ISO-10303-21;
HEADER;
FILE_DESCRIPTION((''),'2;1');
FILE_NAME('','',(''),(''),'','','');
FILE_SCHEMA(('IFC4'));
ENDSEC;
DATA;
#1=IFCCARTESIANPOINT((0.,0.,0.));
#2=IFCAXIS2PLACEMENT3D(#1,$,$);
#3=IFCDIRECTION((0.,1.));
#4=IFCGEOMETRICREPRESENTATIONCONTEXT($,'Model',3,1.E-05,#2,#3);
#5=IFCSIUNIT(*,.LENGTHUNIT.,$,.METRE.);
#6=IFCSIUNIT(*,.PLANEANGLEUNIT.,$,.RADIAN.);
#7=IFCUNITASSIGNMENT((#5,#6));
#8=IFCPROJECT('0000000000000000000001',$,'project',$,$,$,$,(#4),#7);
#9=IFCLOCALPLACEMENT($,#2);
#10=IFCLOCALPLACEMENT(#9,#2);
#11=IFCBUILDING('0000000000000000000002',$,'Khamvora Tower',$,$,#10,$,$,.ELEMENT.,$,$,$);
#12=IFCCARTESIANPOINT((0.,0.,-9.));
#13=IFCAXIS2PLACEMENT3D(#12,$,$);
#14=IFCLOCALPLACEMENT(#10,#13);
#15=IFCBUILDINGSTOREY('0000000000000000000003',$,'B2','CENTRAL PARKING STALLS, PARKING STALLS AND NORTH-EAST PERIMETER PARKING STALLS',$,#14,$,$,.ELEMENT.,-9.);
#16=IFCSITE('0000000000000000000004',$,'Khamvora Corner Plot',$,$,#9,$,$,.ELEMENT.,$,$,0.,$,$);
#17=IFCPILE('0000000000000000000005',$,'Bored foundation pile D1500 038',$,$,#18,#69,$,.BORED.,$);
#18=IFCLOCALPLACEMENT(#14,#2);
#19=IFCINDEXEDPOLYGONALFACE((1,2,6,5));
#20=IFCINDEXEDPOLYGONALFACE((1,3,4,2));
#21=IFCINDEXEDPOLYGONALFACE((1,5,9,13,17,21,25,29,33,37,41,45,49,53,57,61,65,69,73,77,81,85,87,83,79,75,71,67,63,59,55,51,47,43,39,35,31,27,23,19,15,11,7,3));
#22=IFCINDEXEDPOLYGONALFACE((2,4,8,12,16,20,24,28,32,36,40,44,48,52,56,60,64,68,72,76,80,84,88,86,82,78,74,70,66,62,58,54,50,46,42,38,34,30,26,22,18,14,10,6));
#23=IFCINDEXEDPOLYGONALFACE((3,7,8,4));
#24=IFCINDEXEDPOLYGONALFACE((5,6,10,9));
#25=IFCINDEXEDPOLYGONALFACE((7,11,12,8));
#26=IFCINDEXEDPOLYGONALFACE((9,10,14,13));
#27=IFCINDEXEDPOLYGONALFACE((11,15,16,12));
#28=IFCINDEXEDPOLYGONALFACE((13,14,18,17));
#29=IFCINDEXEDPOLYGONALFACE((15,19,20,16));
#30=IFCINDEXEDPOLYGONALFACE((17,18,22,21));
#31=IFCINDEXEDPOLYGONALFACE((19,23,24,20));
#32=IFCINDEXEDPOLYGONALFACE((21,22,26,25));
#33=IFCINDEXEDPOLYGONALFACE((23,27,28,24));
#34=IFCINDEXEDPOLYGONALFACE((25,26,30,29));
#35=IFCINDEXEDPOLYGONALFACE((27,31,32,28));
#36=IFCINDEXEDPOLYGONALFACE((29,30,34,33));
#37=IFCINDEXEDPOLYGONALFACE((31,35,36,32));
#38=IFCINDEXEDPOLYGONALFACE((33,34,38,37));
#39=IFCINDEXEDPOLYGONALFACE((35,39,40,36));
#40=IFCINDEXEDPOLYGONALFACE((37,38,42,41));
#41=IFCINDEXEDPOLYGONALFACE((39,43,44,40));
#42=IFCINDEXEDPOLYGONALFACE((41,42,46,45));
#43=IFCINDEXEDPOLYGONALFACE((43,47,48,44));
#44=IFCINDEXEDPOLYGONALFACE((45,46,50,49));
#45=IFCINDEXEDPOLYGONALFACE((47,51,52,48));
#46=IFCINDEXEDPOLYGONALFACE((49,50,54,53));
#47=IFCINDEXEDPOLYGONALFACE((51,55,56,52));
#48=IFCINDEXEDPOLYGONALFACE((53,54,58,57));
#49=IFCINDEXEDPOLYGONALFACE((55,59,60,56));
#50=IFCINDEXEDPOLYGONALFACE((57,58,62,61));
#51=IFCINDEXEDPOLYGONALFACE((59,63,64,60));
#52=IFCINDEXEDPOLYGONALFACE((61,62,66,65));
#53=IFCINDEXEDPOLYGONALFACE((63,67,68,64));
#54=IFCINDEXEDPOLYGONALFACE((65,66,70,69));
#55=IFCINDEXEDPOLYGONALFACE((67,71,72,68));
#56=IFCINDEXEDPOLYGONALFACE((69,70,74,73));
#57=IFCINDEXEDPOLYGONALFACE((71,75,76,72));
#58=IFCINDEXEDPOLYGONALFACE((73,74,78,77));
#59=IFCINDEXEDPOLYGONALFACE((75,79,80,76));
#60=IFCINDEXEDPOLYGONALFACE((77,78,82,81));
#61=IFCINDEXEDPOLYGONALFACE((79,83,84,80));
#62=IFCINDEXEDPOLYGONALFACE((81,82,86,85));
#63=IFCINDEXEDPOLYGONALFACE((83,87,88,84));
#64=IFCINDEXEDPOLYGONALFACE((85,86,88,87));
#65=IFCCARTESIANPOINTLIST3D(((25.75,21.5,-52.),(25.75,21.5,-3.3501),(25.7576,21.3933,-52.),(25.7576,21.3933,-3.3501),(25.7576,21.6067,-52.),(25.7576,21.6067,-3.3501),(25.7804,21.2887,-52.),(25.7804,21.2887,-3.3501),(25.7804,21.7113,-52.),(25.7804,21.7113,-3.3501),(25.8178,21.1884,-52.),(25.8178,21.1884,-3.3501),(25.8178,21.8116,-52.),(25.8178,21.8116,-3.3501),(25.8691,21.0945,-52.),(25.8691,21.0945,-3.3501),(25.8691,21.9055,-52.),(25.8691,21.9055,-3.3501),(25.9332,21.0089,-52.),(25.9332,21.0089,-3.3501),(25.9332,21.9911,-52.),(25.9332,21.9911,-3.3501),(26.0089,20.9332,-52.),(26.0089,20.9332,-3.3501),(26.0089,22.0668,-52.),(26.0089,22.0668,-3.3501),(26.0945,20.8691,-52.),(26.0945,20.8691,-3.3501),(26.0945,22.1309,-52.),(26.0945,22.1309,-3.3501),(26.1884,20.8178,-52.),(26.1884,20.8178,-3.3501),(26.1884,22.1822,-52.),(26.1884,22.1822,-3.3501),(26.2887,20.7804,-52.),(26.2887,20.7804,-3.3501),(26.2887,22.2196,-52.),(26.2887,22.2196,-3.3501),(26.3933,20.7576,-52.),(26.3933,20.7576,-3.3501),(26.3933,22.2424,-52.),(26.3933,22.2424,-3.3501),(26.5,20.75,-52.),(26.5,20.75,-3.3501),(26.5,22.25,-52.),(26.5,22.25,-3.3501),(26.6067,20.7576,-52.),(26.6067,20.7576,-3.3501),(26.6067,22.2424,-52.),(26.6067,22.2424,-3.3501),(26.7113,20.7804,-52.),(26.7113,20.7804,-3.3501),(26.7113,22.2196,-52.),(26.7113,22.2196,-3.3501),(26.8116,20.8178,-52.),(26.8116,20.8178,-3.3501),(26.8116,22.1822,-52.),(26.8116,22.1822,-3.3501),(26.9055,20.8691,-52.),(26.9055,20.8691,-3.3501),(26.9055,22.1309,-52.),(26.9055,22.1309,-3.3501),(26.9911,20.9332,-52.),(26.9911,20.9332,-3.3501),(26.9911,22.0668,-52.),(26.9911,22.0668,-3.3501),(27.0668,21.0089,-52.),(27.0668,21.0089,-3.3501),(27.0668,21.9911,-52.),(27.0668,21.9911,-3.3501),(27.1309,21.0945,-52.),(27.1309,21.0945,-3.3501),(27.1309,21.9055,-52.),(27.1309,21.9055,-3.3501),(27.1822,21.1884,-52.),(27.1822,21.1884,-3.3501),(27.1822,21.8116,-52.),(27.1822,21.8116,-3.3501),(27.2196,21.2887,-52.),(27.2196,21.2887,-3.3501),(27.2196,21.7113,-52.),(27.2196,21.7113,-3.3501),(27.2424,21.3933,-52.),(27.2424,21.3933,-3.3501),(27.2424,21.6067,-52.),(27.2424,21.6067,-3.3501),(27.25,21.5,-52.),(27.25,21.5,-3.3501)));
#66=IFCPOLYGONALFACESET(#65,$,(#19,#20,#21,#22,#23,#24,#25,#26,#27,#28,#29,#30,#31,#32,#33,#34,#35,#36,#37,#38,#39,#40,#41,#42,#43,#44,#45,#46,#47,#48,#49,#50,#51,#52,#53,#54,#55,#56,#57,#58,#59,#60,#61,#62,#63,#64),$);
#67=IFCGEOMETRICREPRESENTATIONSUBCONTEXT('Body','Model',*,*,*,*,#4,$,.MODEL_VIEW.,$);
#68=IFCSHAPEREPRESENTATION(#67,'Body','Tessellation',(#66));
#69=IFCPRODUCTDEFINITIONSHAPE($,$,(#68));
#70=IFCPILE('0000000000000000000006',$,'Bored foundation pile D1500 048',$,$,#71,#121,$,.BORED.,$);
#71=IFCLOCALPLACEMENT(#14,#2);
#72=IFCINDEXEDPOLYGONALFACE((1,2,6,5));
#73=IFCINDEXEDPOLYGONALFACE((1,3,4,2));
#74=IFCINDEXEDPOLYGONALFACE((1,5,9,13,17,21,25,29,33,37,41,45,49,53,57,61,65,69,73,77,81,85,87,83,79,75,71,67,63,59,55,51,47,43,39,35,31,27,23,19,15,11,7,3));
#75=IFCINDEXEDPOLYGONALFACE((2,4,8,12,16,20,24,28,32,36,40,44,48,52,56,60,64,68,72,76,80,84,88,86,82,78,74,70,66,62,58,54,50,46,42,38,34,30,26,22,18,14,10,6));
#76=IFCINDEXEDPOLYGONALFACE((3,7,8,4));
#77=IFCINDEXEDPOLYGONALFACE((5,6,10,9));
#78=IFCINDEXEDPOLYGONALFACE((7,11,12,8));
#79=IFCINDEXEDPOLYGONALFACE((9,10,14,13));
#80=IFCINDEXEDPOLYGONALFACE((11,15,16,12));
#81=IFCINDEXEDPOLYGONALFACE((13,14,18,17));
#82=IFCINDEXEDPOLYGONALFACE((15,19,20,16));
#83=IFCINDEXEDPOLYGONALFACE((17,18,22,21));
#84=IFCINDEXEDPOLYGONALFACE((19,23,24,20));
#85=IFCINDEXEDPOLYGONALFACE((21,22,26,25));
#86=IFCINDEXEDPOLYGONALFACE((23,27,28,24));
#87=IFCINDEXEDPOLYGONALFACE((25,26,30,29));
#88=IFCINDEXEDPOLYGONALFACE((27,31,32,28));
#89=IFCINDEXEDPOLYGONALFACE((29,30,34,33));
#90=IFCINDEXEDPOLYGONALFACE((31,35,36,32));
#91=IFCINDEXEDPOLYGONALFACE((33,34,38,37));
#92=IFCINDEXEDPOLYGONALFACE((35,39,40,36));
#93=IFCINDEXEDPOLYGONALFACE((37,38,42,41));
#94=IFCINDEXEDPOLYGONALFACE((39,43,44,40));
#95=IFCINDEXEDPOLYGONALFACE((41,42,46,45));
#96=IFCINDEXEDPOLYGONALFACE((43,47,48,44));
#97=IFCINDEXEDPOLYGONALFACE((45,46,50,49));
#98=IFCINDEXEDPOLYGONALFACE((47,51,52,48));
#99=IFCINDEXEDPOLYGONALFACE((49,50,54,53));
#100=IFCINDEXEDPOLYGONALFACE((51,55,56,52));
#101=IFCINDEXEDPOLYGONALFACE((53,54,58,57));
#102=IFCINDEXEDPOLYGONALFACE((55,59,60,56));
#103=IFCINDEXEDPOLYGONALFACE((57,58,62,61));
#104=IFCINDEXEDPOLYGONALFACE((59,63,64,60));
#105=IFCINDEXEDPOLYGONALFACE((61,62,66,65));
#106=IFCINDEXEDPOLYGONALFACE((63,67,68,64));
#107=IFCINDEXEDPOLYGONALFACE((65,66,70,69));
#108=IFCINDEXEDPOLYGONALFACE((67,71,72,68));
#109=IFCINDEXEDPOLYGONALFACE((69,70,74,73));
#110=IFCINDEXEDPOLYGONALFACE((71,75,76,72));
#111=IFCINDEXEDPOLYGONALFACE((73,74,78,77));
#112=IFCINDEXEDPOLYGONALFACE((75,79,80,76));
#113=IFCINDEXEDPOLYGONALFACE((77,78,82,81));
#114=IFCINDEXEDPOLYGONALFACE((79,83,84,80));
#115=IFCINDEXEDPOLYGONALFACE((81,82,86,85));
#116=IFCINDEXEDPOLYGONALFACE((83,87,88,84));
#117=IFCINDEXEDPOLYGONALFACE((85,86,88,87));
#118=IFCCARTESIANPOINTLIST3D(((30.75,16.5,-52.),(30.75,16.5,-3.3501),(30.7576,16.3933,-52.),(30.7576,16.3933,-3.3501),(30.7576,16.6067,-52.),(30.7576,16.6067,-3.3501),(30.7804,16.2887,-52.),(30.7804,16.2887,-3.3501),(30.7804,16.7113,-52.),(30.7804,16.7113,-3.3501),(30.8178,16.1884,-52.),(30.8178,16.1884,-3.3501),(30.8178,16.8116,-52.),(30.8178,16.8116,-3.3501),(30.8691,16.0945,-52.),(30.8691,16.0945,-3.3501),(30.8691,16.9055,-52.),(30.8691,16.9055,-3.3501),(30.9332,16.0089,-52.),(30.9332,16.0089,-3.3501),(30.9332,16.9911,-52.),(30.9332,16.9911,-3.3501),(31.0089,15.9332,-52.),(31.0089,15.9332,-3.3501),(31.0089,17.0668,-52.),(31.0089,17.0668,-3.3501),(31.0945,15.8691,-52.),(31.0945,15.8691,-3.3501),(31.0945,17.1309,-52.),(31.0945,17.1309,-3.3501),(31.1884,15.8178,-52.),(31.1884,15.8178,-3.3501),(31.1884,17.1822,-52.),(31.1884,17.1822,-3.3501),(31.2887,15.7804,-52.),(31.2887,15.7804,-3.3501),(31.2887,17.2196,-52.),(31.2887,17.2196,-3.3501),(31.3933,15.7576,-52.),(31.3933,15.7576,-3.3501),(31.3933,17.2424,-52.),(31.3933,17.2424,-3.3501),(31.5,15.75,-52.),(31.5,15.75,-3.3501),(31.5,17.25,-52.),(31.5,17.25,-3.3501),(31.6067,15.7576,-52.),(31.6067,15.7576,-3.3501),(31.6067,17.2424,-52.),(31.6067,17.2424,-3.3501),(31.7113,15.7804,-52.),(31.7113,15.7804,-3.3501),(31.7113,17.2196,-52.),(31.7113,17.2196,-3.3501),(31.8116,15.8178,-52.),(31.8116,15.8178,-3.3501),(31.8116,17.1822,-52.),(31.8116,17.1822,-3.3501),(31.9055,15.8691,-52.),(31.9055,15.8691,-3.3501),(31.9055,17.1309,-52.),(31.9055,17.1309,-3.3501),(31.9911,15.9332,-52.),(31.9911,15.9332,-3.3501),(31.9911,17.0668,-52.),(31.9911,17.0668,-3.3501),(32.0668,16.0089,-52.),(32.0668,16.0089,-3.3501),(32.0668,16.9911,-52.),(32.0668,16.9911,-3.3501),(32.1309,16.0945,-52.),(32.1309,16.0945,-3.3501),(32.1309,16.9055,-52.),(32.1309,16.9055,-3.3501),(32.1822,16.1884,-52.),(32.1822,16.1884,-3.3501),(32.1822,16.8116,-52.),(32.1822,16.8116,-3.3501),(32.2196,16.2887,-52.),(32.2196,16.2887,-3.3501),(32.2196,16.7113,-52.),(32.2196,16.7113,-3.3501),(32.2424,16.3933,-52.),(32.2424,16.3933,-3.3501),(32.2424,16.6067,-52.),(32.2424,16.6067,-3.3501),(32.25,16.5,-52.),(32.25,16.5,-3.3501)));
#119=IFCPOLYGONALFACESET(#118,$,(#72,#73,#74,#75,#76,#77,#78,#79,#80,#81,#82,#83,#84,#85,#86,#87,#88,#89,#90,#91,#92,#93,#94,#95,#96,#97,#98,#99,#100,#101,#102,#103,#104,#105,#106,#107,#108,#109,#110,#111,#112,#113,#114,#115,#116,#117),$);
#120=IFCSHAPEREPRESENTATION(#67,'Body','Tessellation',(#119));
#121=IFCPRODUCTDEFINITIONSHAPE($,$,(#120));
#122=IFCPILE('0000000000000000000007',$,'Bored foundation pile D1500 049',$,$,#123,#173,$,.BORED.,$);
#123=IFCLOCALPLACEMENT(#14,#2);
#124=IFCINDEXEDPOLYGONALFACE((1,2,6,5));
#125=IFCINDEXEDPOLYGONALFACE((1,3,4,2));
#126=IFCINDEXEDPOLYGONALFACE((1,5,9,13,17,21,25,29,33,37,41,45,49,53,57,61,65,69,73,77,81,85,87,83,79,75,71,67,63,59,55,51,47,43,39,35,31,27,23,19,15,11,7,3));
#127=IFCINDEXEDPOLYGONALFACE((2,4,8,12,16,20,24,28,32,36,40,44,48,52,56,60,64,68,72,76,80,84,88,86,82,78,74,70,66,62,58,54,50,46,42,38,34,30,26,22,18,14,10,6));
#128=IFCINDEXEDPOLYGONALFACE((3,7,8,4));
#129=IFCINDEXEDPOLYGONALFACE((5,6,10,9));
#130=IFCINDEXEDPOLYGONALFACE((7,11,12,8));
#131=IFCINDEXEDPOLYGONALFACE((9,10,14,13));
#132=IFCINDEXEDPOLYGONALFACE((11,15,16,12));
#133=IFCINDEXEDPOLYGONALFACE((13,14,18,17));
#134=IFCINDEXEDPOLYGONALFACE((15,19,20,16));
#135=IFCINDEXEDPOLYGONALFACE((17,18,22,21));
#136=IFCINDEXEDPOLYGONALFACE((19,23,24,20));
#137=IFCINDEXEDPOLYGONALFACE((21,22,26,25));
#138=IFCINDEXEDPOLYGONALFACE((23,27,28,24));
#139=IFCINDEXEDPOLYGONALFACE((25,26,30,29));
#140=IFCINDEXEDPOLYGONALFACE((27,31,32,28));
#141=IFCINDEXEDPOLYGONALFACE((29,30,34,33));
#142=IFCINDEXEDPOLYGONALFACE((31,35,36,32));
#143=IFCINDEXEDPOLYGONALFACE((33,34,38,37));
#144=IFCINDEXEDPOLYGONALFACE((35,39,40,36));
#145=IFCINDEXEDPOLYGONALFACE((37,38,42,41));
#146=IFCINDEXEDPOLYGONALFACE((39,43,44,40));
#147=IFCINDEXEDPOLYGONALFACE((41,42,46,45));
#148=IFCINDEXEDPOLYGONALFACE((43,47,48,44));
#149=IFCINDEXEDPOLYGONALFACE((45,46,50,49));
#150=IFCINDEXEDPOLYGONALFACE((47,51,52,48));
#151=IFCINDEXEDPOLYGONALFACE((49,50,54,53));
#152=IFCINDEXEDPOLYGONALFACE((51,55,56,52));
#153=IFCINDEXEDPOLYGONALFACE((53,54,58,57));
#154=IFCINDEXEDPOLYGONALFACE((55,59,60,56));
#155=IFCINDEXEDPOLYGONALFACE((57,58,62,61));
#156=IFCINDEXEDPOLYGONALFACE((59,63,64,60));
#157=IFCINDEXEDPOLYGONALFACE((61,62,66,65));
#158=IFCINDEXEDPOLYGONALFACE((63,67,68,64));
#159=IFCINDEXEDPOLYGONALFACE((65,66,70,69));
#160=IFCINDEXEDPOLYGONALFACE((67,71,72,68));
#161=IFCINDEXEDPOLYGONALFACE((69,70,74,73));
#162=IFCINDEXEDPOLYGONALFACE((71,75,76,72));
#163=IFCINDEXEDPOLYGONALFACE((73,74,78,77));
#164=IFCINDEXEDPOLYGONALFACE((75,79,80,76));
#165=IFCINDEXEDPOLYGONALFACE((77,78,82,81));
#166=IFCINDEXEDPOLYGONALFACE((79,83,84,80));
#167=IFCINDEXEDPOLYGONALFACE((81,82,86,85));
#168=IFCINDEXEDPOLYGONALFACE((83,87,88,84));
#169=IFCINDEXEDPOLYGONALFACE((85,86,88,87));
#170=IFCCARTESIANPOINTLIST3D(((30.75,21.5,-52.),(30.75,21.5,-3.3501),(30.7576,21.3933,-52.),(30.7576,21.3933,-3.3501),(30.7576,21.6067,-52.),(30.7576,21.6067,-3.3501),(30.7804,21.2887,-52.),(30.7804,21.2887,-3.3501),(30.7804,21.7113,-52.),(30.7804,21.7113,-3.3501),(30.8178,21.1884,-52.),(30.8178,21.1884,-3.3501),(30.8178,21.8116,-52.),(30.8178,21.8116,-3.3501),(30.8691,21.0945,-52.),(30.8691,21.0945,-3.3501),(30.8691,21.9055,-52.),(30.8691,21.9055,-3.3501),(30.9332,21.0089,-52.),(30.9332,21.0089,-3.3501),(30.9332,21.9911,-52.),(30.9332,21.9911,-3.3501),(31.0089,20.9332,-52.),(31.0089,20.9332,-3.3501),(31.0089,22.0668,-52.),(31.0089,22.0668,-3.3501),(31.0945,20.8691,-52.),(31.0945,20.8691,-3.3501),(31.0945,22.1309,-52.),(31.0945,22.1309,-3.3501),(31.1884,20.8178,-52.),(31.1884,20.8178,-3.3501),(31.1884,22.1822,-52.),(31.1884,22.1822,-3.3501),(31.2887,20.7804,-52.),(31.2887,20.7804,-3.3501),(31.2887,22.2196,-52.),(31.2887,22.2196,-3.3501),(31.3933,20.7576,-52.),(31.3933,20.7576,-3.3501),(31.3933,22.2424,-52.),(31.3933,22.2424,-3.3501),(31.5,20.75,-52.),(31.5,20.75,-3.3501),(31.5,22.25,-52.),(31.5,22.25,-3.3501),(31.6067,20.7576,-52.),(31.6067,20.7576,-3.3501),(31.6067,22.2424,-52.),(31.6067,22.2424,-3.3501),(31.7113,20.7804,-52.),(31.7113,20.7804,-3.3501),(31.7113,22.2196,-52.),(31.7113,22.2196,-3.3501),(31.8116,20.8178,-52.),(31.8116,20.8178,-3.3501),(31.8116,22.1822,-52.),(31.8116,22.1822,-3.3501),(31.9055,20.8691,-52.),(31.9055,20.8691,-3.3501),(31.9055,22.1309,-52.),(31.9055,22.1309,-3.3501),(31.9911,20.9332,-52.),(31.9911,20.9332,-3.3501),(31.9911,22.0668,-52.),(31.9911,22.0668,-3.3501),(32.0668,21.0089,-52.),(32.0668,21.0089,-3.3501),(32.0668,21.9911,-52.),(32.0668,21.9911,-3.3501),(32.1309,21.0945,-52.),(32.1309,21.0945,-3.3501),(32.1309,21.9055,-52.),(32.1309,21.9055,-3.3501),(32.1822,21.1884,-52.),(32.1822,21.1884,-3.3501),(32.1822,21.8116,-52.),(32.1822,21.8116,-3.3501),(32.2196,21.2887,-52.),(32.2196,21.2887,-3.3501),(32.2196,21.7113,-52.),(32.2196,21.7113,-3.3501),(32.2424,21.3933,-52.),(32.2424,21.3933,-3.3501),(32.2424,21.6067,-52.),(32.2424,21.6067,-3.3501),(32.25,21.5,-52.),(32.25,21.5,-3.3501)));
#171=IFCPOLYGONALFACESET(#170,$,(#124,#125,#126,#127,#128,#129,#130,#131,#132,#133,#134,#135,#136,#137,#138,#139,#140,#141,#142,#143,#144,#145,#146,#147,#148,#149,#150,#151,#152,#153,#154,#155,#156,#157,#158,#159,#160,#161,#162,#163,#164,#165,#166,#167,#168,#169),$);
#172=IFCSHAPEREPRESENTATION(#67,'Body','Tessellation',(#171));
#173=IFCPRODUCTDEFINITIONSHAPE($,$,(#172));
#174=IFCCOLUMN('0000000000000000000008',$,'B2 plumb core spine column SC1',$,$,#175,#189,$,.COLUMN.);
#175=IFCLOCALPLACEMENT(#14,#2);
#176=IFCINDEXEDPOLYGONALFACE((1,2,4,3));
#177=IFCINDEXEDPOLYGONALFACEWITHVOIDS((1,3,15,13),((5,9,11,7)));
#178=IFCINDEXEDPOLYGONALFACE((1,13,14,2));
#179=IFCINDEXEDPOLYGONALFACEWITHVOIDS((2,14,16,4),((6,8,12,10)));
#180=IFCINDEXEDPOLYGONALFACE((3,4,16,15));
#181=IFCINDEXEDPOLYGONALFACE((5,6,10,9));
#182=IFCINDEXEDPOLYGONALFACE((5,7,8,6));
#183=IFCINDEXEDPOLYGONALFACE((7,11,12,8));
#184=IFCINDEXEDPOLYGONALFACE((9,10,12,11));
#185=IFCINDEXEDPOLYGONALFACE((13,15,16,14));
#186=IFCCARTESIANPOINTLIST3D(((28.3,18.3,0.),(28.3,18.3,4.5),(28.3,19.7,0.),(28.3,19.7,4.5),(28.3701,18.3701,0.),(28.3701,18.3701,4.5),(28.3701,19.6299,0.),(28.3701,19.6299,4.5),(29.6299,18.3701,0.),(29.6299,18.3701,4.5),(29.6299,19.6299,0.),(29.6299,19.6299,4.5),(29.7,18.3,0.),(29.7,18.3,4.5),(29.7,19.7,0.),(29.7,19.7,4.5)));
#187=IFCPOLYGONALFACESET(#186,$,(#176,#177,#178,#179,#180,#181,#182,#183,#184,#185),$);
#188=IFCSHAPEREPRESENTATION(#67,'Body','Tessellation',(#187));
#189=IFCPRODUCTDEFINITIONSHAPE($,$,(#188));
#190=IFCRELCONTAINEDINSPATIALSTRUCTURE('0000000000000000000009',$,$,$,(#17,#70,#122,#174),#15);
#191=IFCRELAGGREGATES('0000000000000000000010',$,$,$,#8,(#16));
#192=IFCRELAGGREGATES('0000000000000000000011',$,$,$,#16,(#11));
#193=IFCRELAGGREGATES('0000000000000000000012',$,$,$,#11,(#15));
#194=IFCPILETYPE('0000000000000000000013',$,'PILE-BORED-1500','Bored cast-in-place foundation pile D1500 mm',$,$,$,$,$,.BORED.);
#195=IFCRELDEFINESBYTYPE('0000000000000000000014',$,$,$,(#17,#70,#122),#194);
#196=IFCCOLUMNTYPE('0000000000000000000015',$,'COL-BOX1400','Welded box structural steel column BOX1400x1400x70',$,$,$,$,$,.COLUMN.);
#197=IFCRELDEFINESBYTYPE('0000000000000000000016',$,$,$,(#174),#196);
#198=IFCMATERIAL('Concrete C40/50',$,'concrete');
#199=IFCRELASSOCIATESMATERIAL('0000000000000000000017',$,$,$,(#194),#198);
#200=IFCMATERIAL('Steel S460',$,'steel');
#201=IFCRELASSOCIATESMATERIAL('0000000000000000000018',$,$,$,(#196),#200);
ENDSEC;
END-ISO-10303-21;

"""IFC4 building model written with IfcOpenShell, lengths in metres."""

from ifc_helpers import new_model, si_unit, direction, frame, origin, origin_2d, place, context, subcontext, project, spatial, hollow_rectangle, circle, extrude, material, material_profile, profile_set, type_object, element, save


model = new_model("IFC4")

# Units and contexts
model_context = context("Model", 3, precision=1e-05, world=origin(), true_north=direction((0.0, 1.0)))
body_context = subcontext(model_context, "Body", "Model", "MODEL_VIEW")
ifc_project = project(units=[si_unit("LENGTHUNIT", "METRE"), si_unit("PLANEANGLEUNIT", "RADIAN")], contexts=[model_context])

# Site, building, storey
site_placement = place(None, origin())
site = spatial("IfcSite", under=ifc_project, at=site_placement, Name="Khamvora Corner Plot", CompositionType="ELEMENT", RefElevation=0.0)
building_placement = place(site_placement, origin())
building = spatial("IfcBuilding", under=site, at=building_placement, Name="Khamvora Tower", CompositionType="ELEMENT")
storey_placement = place(building_placement, frame((0.0, 0.0, -9.0)))
storey = spatial("IfcBuildingStorey", under=building, at=storey_placement, Name="B2", Description="CENTRAL PARKING STALLS, PARKING STALLS AND NORTH-EAST PERIMETER PARKING STALLS", CompositionType="ELEMENT", Elevation=-9.0)

# Piles
ifc_material_1 = material(Name="Concrete C40/50", Category="concrete")
ifc_material_profile_1 = material_profile(ifc_material_1, circle(Radius=0.75, at=origin_2d()), Name="PILE_D1500")
ifc_profile_set_1 = profile_set([ifc_material_profile_1], Name="Concrete C40/50")
pile_type = type_object("IfcPileType", Name="PILE-BORED-1500", Description="Bored cast-in-place foundation pile D1500 mm", PredefinedType="BORED", material=ifc_profile_set_1)
for number, where, z_axis, x_axis, name in (
    (1, (26.5, 21.5, -3.3501), (0.0, 0.0, -1.0), (1.0, 0.0, 0.0), "Bored foundation pile D1500 038"),
    (2, (31.5, 16.5, -3.3501), (0.0, 0.0, -1.0), (1.0, 0.0, 0.0), "Bored foundation pile D1500 048"),
    (3, (31.5, 21.5, -3.3501), (0.0, 0.0, -1.0), (1.0, 0.0, 0.0), "Bored foundation pile D1500 049"),
):
    element("IfcPile", number, at=place(storey_placement, frame(where, z_axis=z_axis, x_axis=x_axis)), inside=storey, type_object=pile_type, Name=name, PredefinedType="BORED", context=body_context, shape_type="SweptSolid", body=[
        extrude(circle(Radius=0.75, at=origin_2d()), origin(), (0.0, 0.0, 1.0), 48.6499),
    ])

# Column
ifc_material_2 = material(Name="Steel S460", Category="steel")
ifc_material_profile_2 = material_profile(ifc_material_2, hollow_rectangle(XDim=1.3999, YDim=1.3999, WallThickness=0.0701, at=origin_2d()), Name="BOX1400x1400x70")
ifc_profile_set_2 = profile_set([ifc_material_profile_2], Name="Steel S460")
column_type = type_object("IfcColumnType", Name="COL-BOX1400", Description="Welded box structural steel column BOX1400x1400x70", PredefinedType="COLUMN", material=ifc_profile_set_2)
column_placement = place(storey_placement, frame((29.0, 19.0, 0.0), z_axis=(0.0, 0.0, 1.0), x_axis=(1.0, 0.0, 0.0)))
element("IfcColumn", 4, at=column_placement, inside=storey, type_object=column_type, Name="B2 plumb core spine column SC1", PredefinedType="COLUMN", context=body_context, shape_type="SweptSolid", body=[
    extrude(hollow_rectangle(XDim=1.3999, YDim=1.3999, WallThickness=0.0701, at=origin_2d()), origin(), (0.0, 0.0, 1.0), 4.5),
])

save(model, "model.ifc")
